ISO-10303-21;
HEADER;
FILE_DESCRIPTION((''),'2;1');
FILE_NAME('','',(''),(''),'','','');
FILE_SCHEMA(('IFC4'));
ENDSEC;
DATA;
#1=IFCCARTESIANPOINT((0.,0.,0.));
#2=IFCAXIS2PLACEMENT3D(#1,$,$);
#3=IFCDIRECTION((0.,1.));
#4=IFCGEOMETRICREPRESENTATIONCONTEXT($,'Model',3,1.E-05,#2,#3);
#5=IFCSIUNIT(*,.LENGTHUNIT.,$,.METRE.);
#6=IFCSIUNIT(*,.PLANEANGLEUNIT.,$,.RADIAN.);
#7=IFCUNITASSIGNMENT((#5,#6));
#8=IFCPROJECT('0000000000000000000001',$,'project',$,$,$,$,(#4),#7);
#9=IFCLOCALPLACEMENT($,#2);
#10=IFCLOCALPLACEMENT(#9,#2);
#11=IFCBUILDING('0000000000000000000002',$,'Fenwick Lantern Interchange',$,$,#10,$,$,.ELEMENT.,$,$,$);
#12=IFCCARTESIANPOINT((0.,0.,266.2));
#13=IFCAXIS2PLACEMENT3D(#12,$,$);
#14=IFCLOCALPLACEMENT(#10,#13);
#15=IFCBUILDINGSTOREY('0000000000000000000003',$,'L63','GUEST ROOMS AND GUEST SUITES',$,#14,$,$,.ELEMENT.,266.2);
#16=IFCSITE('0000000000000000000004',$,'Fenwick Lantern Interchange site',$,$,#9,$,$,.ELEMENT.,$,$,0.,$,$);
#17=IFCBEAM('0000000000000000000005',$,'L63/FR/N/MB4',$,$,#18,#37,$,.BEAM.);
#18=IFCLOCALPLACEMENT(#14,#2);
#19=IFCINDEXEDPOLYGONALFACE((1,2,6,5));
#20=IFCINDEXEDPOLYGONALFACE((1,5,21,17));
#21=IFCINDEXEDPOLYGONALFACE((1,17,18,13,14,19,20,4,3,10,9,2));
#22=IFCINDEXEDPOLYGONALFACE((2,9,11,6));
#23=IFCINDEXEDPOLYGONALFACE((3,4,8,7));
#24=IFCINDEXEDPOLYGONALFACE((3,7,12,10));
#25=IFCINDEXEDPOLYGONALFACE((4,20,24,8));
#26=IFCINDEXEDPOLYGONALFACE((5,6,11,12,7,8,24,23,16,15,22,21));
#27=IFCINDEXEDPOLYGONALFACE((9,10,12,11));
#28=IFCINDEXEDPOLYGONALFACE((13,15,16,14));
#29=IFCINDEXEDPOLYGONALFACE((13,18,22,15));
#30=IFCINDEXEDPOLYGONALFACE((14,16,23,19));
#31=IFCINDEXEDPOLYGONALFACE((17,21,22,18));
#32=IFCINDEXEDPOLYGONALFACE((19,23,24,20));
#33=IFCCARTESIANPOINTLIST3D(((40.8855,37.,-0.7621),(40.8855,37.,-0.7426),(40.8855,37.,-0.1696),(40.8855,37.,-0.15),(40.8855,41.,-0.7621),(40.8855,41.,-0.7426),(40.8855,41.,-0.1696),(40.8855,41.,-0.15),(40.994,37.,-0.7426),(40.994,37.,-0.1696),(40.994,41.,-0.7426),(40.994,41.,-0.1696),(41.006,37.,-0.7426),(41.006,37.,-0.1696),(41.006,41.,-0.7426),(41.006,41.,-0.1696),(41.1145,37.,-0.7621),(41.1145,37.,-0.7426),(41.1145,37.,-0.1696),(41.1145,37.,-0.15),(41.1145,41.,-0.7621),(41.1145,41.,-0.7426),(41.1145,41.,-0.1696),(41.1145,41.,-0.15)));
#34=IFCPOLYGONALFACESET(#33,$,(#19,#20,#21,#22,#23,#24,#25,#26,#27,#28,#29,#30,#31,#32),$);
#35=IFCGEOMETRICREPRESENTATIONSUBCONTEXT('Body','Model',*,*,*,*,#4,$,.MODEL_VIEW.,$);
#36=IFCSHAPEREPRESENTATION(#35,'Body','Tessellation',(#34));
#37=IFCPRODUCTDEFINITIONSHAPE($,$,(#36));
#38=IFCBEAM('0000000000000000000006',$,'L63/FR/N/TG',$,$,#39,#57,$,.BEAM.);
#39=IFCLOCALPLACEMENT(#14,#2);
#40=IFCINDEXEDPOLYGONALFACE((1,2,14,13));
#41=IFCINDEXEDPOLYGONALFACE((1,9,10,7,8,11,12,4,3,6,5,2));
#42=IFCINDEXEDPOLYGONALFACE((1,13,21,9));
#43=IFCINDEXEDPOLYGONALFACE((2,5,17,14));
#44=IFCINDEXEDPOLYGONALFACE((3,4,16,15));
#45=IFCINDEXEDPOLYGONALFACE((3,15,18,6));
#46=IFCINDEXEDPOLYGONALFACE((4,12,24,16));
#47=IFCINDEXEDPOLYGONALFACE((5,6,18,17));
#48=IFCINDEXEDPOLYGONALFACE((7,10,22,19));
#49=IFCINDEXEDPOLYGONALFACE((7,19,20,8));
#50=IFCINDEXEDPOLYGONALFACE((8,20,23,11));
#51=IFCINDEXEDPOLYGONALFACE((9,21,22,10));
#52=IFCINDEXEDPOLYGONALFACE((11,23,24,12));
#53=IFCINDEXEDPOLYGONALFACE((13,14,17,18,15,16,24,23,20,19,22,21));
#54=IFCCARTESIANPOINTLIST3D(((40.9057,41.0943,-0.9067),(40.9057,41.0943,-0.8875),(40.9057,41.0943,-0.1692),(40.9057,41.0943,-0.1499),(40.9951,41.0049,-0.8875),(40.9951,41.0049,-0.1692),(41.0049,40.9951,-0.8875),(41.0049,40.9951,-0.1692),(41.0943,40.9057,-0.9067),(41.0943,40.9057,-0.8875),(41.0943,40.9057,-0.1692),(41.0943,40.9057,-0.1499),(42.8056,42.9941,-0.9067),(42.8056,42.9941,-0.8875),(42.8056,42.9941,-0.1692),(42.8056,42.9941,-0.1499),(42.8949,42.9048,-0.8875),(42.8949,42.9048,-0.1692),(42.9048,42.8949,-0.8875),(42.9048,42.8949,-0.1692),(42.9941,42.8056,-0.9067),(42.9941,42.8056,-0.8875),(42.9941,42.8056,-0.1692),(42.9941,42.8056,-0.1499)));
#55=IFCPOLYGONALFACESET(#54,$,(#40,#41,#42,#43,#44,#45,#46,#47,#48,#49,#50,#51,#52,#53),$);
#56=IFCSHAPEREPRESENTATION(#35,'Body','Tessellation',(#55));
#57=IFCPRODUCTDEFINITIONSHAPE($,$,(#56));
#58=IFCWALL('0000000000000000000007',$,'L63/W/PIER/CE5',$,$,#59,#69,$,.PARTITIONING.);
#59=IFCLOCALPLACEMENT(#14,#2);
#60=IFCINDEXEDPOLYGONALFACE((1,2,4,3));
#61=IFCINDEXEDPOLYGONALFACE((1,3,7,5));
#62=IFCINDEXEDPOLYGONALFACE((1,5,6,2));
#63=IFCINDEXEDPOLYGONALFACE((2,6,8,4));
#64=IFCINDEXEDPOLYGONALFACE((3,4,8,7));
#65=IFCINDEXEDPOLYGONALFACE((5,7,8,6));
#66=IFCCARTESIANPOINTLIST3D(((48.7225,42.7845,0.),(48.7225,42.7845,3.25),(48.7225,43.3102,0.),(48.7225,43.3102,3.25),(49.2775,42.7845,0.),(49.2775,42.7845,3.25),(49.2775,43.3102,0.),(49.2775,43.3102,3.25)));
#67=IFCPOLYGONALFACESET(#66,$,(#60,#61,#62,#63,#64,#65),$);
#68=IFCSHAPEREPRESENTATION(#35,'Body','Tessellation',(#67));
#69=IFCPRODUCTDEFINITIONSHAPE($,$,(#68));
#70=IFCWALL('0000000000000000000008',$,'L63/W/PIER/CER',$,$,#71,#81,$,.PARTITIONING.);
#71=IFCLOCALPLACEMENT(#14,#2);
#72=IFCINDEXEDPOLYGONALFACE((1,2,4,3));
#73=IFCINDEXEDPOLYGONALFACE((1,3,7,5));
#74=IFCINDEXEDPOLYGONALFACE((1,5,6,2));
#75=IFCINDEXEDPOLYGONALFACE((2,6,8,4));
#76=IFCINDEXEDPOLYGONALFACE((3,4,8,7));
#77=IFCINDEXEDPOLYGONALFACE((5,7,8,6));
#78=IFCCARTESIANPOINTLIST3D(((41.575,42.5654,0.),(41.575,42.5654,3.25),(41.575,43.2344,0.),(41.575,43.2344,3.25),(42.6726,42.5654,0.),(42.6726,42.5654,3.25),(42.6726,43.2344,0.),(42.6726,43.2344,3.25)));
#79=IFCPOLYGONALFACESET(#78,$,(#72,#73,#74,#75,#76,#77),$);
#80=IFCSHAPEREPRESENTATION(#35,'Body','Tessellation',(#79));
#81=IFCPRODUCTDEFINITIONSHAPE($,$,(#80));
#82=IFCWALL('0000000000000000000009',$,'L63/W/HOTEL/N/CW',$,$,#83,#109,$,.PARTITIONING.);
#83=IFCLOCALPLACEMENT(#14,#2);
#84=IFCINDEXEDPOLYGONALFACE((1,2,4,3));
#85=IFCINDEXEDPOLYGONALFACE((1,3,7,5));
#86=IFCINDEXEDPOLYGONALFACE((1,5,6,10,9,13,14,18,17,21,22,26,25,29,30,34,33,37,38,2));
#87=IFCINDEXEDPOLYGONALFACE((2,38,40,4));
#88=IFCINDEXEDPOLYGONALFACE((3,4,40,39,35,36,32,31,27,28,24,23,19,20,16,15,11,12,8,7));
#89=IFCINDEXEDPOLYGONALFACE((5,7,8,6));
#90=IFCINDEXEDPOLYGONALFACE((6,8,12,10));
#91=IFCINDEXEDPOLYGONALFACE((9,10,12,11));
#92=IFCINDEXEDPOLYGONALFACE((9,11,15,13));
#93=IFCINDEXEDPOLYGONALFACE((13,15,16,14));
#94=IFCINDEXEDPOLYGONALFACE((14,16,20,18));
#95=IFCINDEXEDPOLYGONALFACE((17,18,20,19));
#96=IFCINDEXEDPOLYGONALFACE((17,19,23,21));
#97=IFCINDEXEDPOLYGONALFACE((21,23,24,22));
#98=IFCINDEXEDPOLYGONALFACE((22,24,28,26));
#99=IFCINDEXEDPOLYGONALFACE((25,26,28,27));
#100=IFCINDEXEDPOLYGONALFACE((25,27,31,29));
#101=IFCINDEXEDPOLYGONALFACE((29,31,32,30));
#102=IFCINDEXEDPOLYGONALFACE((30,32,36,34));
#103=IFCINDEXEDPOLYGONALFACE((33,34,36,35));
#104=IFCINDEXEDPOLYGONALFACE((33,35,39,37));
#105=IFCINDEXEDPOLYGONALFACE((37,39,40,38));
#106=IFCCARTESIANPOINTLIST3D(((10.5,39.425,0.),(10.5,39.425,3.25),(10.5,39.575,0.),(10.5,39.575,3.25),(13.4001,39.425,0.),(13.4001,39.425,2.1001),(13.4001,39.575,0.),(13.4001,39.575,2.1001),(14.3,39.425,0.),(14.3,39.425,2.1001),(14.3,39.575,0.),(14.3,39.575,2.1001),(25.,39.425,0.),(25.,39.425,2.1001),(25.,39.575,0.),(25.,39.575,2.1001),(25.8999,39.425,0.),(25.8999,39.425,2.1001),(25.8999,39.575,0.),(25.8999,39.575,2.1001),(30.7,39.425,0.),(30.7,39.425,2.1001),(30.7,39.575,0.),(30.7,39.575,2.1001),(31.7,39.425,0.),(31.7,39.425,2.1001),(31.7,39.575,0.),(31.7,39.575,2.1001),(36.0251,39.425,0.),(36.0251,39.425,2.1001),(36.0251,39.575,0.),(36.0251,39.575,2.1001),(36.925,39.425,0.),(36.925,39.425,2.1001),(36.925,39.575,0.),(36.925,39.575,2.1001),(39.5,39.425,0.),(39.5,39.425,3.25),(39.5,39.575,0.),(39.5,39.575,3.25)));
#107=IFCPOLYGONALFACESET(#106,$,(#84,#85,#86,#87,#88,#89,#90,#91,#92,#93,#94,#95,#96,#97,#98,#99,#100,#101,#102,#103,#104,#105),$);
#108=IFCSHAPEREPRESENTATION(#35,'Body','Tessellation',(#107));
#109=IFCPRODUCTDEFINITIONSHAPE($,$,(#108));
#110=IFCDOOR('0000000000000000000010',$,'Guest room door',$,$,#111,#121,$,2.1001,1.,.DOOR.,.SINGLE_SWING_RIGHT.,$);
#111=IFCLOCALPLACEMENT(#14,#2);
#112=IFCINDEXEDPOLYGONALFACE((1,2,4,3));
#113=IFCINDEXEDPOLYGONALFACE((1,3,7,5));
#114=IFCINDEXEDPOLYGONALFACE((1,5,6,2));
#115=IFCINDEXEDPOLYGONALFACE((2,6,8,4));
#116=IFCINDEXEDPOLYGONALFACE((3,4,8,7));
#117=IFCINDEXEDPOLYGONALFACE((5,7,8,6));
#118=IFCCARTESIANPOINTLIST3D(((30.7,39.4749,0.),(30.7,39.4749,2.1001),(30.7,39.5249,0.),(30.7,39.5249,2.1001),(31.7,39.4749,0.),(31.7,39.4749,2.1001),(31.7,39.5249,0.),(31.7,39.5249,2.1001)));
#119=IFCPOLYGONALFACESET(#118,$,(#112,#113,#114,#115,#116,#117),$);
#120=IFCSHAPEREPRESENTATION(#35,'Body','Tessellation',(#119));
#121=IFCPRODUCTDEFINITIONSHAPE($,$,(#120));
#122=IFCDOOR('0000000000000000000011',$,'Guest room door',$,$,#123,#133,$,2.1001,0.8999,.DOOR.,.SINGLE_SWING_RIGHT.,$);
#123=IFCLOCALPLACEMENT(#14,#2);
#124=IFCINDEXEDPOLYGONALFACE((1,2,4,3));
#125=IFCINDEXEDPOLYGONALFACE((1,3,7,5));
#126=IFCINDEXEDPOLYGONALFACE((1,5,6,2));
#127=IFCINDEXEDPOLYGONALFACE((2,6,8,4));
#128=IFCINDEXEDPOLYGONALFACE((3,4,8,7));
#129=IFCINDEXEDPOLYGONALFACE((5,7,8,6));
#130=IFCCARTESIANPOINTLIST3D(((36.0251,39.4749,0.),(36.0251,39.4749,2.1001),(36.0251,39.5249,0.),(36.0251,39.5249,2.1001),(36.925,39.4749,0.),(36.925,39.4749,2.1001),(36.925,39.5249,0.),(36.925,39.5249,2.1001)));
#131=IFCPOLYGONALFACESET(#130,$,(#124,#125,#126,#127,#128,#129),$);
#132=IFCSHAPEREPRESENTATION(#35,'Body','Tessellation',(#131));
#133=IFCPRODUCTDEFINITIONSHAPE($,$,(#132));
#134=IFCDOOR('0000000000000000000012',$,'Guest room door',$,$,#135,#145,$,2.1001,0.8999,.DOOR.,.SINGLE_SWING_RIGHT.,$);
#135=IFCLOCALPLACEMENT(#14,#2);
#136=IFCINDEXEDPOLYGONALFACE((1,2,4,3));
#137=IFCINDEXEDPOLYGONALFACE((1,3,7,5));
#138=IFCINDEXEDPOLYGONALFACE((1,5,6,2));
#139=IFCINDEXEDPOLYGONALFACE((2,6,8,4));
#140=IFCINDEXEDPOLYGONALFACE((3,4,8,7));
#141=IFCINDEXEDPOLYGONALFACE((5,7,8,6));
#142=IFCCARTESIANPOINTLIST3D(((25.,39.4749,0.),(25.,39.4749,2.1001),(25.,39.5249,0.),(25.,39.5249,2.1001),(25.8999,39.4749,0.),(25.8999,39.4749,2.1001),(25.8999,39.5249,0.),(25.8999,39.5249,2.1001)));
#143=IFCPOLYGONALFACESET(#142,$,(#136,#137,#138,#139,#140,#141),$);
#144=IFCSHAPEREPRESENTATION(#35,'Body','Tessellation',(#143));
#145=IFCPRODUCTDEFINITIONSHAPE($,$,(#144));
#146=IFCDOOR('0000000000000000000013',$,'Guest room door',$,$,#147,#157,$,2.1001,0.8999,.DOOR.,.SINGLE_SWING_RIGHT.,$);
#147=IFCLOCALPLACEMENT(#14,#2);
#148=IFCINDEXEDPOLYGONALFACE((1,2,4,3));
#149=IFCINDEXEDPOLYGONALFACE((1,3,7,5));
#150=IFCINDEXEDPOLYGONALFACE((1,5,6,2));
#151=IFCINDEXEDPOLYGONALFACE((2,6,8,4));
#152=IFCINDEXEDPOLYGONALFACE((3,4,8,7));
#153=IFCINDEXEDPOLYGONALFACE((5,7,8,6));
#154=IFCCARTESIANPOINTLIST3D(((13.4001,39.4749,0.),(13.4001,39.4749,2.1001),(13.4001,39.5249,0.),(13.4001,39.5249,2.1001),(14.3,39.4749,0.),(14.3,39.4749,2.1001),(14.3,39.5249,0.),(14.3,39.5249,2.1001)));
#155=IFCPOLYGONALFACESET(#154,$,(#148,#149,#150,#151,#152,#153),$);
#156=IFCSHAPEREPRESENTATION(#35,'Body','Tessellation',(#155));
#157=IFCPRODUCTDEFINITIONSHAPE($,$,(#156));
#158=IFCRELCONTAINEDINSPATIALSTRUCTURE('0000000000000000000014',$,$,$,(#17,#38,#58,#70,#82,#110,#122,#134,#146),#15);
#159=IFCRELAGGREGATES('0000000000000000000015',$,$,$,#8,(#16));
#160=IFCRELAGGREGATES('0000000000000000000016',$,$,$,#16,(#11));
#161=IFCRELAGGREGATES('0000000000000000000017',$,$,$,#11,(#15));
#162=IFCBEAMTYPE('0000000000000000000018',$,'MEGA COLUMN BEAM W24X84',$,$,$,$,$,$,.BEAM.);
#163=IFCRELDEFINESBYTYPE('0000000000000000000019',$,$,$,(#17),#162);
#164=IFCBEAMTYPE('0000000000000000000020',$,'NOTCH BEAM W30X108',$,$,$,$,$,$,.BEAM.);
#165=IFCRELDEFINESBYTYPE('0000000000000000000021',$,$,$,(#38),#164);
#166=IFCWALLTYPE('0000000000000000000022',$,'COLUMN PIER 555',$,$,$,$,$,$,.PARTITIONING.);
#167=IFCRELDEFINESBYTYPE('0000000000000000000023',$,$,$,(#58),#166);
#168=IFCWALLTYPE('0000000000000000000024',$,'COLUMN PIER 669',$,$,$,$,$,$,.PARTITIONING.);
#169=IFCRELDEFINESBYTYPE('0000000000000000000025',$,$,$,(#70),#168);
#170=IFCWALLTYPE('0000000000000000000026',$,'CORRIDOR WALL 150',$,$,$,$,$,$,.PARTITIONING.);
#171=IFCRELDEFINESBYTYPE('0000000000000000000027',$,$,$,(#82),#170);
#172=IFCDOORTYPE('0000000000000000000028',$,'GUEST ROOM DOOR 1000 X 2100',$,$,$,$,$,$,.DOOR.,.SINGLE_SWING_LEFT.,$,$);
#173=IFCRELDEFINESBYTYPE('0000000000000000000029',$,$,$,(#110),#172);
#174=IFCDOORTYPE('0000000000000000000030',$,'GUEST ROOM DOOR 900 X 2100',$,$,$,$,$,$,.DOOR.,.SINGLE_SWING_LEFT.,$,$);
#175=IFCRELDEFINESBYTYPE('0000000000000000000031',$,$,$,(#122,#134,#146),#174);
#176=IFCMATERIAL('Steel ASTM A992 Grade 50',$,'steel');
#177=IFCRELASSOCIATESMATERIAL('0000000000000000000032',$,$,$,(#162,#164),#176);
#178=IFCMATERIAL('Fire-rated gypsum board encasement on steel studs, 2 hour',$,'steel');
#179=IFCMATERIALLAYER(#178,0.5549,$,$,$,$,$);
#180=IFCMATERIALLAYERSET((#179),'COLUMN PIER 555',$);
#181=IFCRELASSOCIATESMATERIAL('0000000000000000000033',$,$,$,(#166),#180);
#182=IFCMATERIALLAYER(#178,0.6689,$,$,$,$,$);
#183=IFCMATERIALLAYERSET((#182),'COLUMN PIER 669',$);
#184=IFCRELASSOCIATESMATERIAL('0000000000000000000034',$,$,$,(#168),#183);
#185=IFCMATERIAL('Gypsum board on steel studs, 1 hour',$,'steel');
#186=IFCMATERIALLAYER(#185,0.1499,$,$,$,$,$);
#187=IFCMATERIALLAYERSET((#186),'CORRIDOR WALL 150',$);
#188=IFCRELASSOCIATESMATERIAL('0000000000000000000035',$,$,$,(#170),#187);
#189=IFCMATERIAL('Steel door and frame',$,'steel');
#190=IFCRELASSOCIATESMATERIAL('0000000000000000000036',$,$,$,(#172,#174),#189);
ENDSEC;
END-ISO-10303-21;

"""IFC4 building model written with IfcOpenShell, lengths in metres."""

from ifc_helpers import new_model, si_unit, direction, frame, frame_2d, origin, origin_2d, place, context, subcontext, project, spatial, rectangle, i_section, extrude, material, layer, layer_set, material_profile, profile_set, type_object, element, fill, save


model = new_model("IFC4")

# Units and contexts
model_context = context("Model", 3, precision=1e-05, world=origin(), true_north=direction((0.0, 1.0)))
body_context = subcontext(model_context, "Body", "Model", "MODEL_VIEW")
ifc_project = project(units=[si_unit("LENGTHUNIT", "METRE"), si_unit("PLANEANGLEUNIT", "RADIAN")], contexts=[model_context])

# Site, building, storey
site_placement = place(None, origin())
site = spatial("IfcSite", under=ifc_project, at=site_placement, Name="Fenwick Lantern Interchange site", CompositionType="ELEMENT", RefElevation=0.0)
building_placement = place(site_placement, origin())
building = spatial("IfcBuilding", under=site, at=building_placement, Name="Fenwick Lantern Interchange", CompositionType="ELEMENT")
storey_placement = place(building_placement, frame((0.0, 0.0, 266.2)))
storey = spatial("IfcBuildingStorey", under=building, at=storey_placement, Name="L63", Description="GUEST ROOMS AND GUEST SUITES", CompositionType="ELEMENT", Elevation=266.2)

# Shared definitions
ifc_material_1 = material(Name="Steel ASTM A992 Grade 50", Category="steel")

# Beams
ifc_material_profile_1 = material_profile(ifc_material_1, i_section(OverallWidth=0.229, OverallDepth=0.6121, WebThickness=0.012, FlangeThickness=0.0195, at=origin_2d()), Name="W24X84")
ifc_profile_set_1 = profile_set([ifc_material_profile_1], Name="Steel ASTM A992 Grade 50")
beam_type_1 = type_object("IfcBeamType", Name="MEGA COLUMN BEAM W24X84", PredefinedType="BEAM", material=ifc_profile_set_1)
for number, where, z_axis, x_axis, name in (
    (1, (41.0, 41.0, -0.4561), (0.0, -1.0, 0.0), (1.0, 0.0, 0.0), "L63/FR/N/MB4"),
):
    element("IfcBeam", number, at=place(storey_placement, frame(where, z_axis=z_axis, x_axis=x_axis)), inside=storey, type_object=beam_type_1, Name=name, PredefinedType="BEAM", context=body_context, shape_type="SweptSolid", body=[
        extrude(i_section(OverallWidth=0.229, OverallDepth=0.6121, WebThickness=0.012, FlangeThickness=0.0195, at=origin_2d()), origin(), (0.0, 0.0, 1.0), 4.0),
    ])
ifc_material_profile_2 = material_profile(ifc_material_1, i_section(OverallWidth=0.2666, OverallDepth=0.7568, WebThickness=0.0139, FlangeThickness=0.0193, at=origin_2d()), Name="W30X108")
ifc_profile_set_2 = profile_set([ifc_material_profile_2], Name="Steel ASTM A992 Grade 50")
beam_type_2 = type_object("IfcBeamType", Name="NOTCH BEAM W30X108", PredefinedType="BEAM", material=ifc_profile_set_2)
beam_placement = place(storey_placement, frame((41.0, 41.0, -0.5283), z_axis=(0.707107, 0.707107, 0.0), x_axis=(-0.707107, 0.707107, 0.0)))
element("IfcBeam", 2, at=beam_placement, inside=storey, type_object=beam_type_2, Name="L63/FR/N/TG", PredefinedType="BEAM", context=body_context, shape_type="SweptSolid", body=[
    extrude(i_section(OverallWidth=0.2666, OverallDepth=0.7568, WebThickness=0.0139, FlangeThickness=0.0193, at=origin_2d()), origin(), (0.0, 0.0, 1.0), 2.6868),
])

# Walls
ifc_material_2 = material(Name="Fire-rated gypsum board encasement on steel studs, 2 hour", Category="steel")
ifc_layer_1 = layer(ifc_material_2, 0.5549)
ifc_layer_set_1 = layer_set([ifc_layer_1], Name="COLUMN PIER 555")
wall_type_1 = type_object("IfcWallType", Name="COLUMN PIER 555", PredefinedType="PARTITIONING", material=ifc_layer_set_1)
wall_1_placement = place(storey_placement, frame((49.0, 43.3101, 0.0), z_axis=(0.0, 0.0, 1.0), x_axis=(0.0, -1.0, 0.0)))
element("IfcWall", 3, at=wall_1_placement, inside=storey, type_object=wall_type_1, Name="L63/W/PIER/CE5", PredefinedType="PARTITIONING", context=body_context, shape_type="SweptSolid", body=[
    extrude(rectangle(XDim=0.5256, YDim=0.5549, at=frame_2d((0.2627, 0.0))), origin(), (0.0, 0.0, 1.0), 3.25),
])
ifc_layer_2 = layer(ifc_material_2, 0.6689)
ifc_layer_set_2 = layer_set([ifc_layer_2], Name="COLUMN PIER 669")
wall_type_2 = type_object("IfcWallType", Name="COLUMN PIER 669", PredefinedType="PARTITIONING", material=ifc_layer_set_2)
wall_2_placement = place(storey_placement, frame((41.575, 42.8999, 0.0), z_axis=(0.0, 0.0, 1.0), x_axis=(1.0, 0.0, 0.0)))
element("IfcWall", 4, at=wall_2_placement, inside=storey, type_object=wall_type_2, Name="L63/W/PIER/CER", PredefinedType="PARTITIONING", context=body_context, shape_type="SweptSolid", body=[
    extrude(rectangle(XDim=1.0977, YDim=0.6689, at=frame_2d((0.5488, 0.0))), origin(), (0.0, 0.0, 1.0), 3.25),
])

# Wall, openings, doors
ifc_material_3 = material(Name="Gypsum board on steel studs, 1 hour", Category="steel")
ifc_layer_3 = layer(ifc_material_3, 0.1499)
ifc_layer_set_3 = layer_set([ifc_layer_3], Name="CORRIDOR WALL 150")
wall_type_3 = type_object("IfcWallType", Name="CORRIDOR WALL 150", PredefinedType="PARTITIONING", material=ifc_layer_set_3)
wall_3_placement = place(storey_placement, frame((39.5, 39.5, 0.0), z_axis=(0.0, 0.0, 1.0), x_axis=(-1.0, 0.0, 0.0)))
wall_3 = element("IfcWall", 5, at=wall_3_placement, inside=storey, type_object=wall_type_3, Name="L63/W/HOTEL/N/CW", PredefinedType="PARTITIONING", context=body_context, shape_type="SweptSolid", body=[
    extrude(rectangle(XDim=29.0, YDim=0.1499, at=frame_2d((14.5, 0.0))), origin(), (0.0, 0.0, 1.0), 3.25),
])
opening_1_placement = place(wall_3_placement, frame((2.575, 0.0, 0.0)))
opening_1 = element("IfcOpeningElement", 6, at=opening_1_placement, cuts=wall_3, PredefinedType="OPENING", context=body_context, shape_type="SweptSolid", body=[
    extrude(rectangle(XDim=0.8999, YDim=2.1001, at=frame_2d((0.45, 1.05))), frame((0.0, 0.085, 0.0), z_axis=(0.0, -1.0, 0.0), x_axis=(1.0, 0.0, 0.0)), (0.0, 0.0, 1.0), 0.1699),
])
opening_2_placement = place(wall_3_placement, frame((7.8, 0.0, 0.0)))
opening_2 = element("IfcOpeningElement", 7, at=opening_2_placement, cuts=wall_3, PredefinedType="OPENING", context=body_context, shape_type="SweptSolid", body=[
    extrude(rectangle(XDim=1.0, YDim=2.1001, at=frame_2d((0.5, 1.05))), frame((0.0, 0.085, 0.0), z_axis=(0.0, -1.0, 0.0), x_axis=(1.0, 0.0, 0.0)), (0.0, 0.0, 1.0), 0.1699),
])
opening_3_placement = place(wall_3_placement, frame((13.6001, 0.0, 0.0)))
opening_3 = element("IfcOpeningElement", 8, at=opening_3_placement, cuts=wall_3, PredefinedType="OPENING", context=body_context, shape_type="SweptSolid", body=[
    extrude(rectangle(XDim=0.8999, YDim=2.1001, at=frame_2d((0.45, 1.05))), frame((0.0, 0.085, 0.0), z_axis=(0.0, -1.0, 0.0), x_axis=(1.0, 0.0, 0.0)), (0.0, 0.0, 1.0), 0.1699),
])
opening_4_placement = place(wall_3_placement, frame((25.2, 0.0, 0.0)))
opening_4 = element("IfcOpeningElement", 9, at=opening_4_placement, cuts=wall_3, PredefinedType="OPENING", context=body_context, shape_type="SweptSolid", body=[
    extrude(rectangle(XDim=0.8999, YDim=2.1001, at=frame_2d((0.45, 1.05))), frame((0.0, 0.085, 0.0), z_axis=(0.0, -1.0, 0.0), x_axis=(1.0, 0.0, 0.0)), (0.0, 0.0, 1.0), 0.1699),
])
ifc_material_4 = material(Name="Steel door and frame", Category="steel")
door_type_1 = type_object("IfcDoorType", Name="GUEST ROOM DOOR 1000 X 2100", OperationType="SINGLE_SWING_LEFT", PredefinedType="DOOR", material=ifc_material_4)
door_1_placement = place(opening_2_placement, frame((1.0, 0.0, 0.0), z_axis=(0.0, 0.0, 1.0), x_axis=(-1.0, 0.0, 0.0)))
door_1 = element("IfcDoor", 10, at=door_1_placement, inside=storey, type_object=door_type_1, Name="Guest room door", OperationType="SINGLE_SWING_RIGHT", OverallHeight=2.1001, OverallWidth=1.0, PredefinedType="DOOR", context=body_context, shape_type="SweptSolid", body=[
    extrude(rectangle(XDim=1.0, YDim=2.1001, at=frame_2d((0.5, 1.05))), frame((0.0, 0.0249, 0.0), z_axis=(0.0, -1.0, 0.0), x_axis=(1.0, 0.0, 0.0)), (0.0, 0.0, 1.0), 0.05),
])
fill(opening_2, door_1)
door_type_2 = type_object("IfcDoorType", Name="GUEST ROOM DOOR 900 X 2100", OperationType="SINGLE_SWING_LEFT", PredefinedType="DOOR", material=ifc_material_4)
door_2_placement = place(opening_1_placement, frame((0.8999, 0.0, 0.0), z_axis=(0.0, 0.0, 1.0), x_axis=(-1.0, 0.0, 0.0)))
door_2 = element("IfcDoor", 11, at=door_2_placement, inside=storey, type_object=door_type_2, Name="Guest room door", OperationType="SINGLE_SWING_RIGHT", OverallHeight=2.1001, OverallWidth=0.8999, PredefinedType="DOOR", context=body_context, shape_type="SweptSolid", body=[
    extrude(rectangle(XDim=0.8999, YDim=2.1001, at=frame_2d((0.45, 1.05))), frame((0.0, 0.0249, 0.0), z_axis=(0.0, -1.0, 0.0), x_axis=(1.0, 0.0, 0.0)), (0.0, 0.0, 1.0), 0.05),
])
fill(opening_1, door_2)
door_3_placement = place(opening_3_placement, frame((0.8999, 0.0, 0.0), z_axis=(0.0, 0.0, 1.0), x_axis=(-1.0, 0.0, 0.0)))
door_3 = element("IfcDoor", 12, at=door_3_placement, inside=storey, type_object=door_type_2, Name="Guest room door", OperationType="SINGLE_SWING_RIGHT", OverallHeight=2.1001, OverallWidth=0.8999, PredefinedType="DOOR", context=body_context, shape_type="SweptSolid", body=[
    extrude(rectangle(XDim=0.8999, YDim=2.1001, at=frame_2d((0.45, 1.05))), frame((0.0, 0.0249, 0.0), z_axis=(0.0, -1.0, 0.0), x_axis=(1.0, 0.0, 0.0)), (0.0, 0.0, 1.0), 0.05),
])
fill(opening_3, door_3)
door_4_placement = place(opening_4_placement, frame((0.8999, 0.0, 0.0), z_axis=(0.0, 0.0, 1.0), x_axis=(-1.0, 0.0, 0.0)))
door_4 = element("IfcDoor", 13, at=door_4_placement, inside=storey, type_object=door_type_2, Name="Guest room door", OperationType="SINGLE_SWING_RIGHT", OverallHeight=2.1001, OverallWidth=0.8999, PredefinedType="DOOR", context=body_context, shape_type="SweptSolid", body=[
    extrude(rectangle(XDim=0.8999, YDim=2.1001, at=frame_2d((0.45, 1.05))), frame((0.0, 0.0249, 0.0), z_axis=(0.0, -1.0, 0.0), x_axis=(1.0, 0.0, 0.0)), (0.0, 0.0, 1.0), 0.05),
])
fill(opening_4, door_4)

save(model, "model.ifc")
